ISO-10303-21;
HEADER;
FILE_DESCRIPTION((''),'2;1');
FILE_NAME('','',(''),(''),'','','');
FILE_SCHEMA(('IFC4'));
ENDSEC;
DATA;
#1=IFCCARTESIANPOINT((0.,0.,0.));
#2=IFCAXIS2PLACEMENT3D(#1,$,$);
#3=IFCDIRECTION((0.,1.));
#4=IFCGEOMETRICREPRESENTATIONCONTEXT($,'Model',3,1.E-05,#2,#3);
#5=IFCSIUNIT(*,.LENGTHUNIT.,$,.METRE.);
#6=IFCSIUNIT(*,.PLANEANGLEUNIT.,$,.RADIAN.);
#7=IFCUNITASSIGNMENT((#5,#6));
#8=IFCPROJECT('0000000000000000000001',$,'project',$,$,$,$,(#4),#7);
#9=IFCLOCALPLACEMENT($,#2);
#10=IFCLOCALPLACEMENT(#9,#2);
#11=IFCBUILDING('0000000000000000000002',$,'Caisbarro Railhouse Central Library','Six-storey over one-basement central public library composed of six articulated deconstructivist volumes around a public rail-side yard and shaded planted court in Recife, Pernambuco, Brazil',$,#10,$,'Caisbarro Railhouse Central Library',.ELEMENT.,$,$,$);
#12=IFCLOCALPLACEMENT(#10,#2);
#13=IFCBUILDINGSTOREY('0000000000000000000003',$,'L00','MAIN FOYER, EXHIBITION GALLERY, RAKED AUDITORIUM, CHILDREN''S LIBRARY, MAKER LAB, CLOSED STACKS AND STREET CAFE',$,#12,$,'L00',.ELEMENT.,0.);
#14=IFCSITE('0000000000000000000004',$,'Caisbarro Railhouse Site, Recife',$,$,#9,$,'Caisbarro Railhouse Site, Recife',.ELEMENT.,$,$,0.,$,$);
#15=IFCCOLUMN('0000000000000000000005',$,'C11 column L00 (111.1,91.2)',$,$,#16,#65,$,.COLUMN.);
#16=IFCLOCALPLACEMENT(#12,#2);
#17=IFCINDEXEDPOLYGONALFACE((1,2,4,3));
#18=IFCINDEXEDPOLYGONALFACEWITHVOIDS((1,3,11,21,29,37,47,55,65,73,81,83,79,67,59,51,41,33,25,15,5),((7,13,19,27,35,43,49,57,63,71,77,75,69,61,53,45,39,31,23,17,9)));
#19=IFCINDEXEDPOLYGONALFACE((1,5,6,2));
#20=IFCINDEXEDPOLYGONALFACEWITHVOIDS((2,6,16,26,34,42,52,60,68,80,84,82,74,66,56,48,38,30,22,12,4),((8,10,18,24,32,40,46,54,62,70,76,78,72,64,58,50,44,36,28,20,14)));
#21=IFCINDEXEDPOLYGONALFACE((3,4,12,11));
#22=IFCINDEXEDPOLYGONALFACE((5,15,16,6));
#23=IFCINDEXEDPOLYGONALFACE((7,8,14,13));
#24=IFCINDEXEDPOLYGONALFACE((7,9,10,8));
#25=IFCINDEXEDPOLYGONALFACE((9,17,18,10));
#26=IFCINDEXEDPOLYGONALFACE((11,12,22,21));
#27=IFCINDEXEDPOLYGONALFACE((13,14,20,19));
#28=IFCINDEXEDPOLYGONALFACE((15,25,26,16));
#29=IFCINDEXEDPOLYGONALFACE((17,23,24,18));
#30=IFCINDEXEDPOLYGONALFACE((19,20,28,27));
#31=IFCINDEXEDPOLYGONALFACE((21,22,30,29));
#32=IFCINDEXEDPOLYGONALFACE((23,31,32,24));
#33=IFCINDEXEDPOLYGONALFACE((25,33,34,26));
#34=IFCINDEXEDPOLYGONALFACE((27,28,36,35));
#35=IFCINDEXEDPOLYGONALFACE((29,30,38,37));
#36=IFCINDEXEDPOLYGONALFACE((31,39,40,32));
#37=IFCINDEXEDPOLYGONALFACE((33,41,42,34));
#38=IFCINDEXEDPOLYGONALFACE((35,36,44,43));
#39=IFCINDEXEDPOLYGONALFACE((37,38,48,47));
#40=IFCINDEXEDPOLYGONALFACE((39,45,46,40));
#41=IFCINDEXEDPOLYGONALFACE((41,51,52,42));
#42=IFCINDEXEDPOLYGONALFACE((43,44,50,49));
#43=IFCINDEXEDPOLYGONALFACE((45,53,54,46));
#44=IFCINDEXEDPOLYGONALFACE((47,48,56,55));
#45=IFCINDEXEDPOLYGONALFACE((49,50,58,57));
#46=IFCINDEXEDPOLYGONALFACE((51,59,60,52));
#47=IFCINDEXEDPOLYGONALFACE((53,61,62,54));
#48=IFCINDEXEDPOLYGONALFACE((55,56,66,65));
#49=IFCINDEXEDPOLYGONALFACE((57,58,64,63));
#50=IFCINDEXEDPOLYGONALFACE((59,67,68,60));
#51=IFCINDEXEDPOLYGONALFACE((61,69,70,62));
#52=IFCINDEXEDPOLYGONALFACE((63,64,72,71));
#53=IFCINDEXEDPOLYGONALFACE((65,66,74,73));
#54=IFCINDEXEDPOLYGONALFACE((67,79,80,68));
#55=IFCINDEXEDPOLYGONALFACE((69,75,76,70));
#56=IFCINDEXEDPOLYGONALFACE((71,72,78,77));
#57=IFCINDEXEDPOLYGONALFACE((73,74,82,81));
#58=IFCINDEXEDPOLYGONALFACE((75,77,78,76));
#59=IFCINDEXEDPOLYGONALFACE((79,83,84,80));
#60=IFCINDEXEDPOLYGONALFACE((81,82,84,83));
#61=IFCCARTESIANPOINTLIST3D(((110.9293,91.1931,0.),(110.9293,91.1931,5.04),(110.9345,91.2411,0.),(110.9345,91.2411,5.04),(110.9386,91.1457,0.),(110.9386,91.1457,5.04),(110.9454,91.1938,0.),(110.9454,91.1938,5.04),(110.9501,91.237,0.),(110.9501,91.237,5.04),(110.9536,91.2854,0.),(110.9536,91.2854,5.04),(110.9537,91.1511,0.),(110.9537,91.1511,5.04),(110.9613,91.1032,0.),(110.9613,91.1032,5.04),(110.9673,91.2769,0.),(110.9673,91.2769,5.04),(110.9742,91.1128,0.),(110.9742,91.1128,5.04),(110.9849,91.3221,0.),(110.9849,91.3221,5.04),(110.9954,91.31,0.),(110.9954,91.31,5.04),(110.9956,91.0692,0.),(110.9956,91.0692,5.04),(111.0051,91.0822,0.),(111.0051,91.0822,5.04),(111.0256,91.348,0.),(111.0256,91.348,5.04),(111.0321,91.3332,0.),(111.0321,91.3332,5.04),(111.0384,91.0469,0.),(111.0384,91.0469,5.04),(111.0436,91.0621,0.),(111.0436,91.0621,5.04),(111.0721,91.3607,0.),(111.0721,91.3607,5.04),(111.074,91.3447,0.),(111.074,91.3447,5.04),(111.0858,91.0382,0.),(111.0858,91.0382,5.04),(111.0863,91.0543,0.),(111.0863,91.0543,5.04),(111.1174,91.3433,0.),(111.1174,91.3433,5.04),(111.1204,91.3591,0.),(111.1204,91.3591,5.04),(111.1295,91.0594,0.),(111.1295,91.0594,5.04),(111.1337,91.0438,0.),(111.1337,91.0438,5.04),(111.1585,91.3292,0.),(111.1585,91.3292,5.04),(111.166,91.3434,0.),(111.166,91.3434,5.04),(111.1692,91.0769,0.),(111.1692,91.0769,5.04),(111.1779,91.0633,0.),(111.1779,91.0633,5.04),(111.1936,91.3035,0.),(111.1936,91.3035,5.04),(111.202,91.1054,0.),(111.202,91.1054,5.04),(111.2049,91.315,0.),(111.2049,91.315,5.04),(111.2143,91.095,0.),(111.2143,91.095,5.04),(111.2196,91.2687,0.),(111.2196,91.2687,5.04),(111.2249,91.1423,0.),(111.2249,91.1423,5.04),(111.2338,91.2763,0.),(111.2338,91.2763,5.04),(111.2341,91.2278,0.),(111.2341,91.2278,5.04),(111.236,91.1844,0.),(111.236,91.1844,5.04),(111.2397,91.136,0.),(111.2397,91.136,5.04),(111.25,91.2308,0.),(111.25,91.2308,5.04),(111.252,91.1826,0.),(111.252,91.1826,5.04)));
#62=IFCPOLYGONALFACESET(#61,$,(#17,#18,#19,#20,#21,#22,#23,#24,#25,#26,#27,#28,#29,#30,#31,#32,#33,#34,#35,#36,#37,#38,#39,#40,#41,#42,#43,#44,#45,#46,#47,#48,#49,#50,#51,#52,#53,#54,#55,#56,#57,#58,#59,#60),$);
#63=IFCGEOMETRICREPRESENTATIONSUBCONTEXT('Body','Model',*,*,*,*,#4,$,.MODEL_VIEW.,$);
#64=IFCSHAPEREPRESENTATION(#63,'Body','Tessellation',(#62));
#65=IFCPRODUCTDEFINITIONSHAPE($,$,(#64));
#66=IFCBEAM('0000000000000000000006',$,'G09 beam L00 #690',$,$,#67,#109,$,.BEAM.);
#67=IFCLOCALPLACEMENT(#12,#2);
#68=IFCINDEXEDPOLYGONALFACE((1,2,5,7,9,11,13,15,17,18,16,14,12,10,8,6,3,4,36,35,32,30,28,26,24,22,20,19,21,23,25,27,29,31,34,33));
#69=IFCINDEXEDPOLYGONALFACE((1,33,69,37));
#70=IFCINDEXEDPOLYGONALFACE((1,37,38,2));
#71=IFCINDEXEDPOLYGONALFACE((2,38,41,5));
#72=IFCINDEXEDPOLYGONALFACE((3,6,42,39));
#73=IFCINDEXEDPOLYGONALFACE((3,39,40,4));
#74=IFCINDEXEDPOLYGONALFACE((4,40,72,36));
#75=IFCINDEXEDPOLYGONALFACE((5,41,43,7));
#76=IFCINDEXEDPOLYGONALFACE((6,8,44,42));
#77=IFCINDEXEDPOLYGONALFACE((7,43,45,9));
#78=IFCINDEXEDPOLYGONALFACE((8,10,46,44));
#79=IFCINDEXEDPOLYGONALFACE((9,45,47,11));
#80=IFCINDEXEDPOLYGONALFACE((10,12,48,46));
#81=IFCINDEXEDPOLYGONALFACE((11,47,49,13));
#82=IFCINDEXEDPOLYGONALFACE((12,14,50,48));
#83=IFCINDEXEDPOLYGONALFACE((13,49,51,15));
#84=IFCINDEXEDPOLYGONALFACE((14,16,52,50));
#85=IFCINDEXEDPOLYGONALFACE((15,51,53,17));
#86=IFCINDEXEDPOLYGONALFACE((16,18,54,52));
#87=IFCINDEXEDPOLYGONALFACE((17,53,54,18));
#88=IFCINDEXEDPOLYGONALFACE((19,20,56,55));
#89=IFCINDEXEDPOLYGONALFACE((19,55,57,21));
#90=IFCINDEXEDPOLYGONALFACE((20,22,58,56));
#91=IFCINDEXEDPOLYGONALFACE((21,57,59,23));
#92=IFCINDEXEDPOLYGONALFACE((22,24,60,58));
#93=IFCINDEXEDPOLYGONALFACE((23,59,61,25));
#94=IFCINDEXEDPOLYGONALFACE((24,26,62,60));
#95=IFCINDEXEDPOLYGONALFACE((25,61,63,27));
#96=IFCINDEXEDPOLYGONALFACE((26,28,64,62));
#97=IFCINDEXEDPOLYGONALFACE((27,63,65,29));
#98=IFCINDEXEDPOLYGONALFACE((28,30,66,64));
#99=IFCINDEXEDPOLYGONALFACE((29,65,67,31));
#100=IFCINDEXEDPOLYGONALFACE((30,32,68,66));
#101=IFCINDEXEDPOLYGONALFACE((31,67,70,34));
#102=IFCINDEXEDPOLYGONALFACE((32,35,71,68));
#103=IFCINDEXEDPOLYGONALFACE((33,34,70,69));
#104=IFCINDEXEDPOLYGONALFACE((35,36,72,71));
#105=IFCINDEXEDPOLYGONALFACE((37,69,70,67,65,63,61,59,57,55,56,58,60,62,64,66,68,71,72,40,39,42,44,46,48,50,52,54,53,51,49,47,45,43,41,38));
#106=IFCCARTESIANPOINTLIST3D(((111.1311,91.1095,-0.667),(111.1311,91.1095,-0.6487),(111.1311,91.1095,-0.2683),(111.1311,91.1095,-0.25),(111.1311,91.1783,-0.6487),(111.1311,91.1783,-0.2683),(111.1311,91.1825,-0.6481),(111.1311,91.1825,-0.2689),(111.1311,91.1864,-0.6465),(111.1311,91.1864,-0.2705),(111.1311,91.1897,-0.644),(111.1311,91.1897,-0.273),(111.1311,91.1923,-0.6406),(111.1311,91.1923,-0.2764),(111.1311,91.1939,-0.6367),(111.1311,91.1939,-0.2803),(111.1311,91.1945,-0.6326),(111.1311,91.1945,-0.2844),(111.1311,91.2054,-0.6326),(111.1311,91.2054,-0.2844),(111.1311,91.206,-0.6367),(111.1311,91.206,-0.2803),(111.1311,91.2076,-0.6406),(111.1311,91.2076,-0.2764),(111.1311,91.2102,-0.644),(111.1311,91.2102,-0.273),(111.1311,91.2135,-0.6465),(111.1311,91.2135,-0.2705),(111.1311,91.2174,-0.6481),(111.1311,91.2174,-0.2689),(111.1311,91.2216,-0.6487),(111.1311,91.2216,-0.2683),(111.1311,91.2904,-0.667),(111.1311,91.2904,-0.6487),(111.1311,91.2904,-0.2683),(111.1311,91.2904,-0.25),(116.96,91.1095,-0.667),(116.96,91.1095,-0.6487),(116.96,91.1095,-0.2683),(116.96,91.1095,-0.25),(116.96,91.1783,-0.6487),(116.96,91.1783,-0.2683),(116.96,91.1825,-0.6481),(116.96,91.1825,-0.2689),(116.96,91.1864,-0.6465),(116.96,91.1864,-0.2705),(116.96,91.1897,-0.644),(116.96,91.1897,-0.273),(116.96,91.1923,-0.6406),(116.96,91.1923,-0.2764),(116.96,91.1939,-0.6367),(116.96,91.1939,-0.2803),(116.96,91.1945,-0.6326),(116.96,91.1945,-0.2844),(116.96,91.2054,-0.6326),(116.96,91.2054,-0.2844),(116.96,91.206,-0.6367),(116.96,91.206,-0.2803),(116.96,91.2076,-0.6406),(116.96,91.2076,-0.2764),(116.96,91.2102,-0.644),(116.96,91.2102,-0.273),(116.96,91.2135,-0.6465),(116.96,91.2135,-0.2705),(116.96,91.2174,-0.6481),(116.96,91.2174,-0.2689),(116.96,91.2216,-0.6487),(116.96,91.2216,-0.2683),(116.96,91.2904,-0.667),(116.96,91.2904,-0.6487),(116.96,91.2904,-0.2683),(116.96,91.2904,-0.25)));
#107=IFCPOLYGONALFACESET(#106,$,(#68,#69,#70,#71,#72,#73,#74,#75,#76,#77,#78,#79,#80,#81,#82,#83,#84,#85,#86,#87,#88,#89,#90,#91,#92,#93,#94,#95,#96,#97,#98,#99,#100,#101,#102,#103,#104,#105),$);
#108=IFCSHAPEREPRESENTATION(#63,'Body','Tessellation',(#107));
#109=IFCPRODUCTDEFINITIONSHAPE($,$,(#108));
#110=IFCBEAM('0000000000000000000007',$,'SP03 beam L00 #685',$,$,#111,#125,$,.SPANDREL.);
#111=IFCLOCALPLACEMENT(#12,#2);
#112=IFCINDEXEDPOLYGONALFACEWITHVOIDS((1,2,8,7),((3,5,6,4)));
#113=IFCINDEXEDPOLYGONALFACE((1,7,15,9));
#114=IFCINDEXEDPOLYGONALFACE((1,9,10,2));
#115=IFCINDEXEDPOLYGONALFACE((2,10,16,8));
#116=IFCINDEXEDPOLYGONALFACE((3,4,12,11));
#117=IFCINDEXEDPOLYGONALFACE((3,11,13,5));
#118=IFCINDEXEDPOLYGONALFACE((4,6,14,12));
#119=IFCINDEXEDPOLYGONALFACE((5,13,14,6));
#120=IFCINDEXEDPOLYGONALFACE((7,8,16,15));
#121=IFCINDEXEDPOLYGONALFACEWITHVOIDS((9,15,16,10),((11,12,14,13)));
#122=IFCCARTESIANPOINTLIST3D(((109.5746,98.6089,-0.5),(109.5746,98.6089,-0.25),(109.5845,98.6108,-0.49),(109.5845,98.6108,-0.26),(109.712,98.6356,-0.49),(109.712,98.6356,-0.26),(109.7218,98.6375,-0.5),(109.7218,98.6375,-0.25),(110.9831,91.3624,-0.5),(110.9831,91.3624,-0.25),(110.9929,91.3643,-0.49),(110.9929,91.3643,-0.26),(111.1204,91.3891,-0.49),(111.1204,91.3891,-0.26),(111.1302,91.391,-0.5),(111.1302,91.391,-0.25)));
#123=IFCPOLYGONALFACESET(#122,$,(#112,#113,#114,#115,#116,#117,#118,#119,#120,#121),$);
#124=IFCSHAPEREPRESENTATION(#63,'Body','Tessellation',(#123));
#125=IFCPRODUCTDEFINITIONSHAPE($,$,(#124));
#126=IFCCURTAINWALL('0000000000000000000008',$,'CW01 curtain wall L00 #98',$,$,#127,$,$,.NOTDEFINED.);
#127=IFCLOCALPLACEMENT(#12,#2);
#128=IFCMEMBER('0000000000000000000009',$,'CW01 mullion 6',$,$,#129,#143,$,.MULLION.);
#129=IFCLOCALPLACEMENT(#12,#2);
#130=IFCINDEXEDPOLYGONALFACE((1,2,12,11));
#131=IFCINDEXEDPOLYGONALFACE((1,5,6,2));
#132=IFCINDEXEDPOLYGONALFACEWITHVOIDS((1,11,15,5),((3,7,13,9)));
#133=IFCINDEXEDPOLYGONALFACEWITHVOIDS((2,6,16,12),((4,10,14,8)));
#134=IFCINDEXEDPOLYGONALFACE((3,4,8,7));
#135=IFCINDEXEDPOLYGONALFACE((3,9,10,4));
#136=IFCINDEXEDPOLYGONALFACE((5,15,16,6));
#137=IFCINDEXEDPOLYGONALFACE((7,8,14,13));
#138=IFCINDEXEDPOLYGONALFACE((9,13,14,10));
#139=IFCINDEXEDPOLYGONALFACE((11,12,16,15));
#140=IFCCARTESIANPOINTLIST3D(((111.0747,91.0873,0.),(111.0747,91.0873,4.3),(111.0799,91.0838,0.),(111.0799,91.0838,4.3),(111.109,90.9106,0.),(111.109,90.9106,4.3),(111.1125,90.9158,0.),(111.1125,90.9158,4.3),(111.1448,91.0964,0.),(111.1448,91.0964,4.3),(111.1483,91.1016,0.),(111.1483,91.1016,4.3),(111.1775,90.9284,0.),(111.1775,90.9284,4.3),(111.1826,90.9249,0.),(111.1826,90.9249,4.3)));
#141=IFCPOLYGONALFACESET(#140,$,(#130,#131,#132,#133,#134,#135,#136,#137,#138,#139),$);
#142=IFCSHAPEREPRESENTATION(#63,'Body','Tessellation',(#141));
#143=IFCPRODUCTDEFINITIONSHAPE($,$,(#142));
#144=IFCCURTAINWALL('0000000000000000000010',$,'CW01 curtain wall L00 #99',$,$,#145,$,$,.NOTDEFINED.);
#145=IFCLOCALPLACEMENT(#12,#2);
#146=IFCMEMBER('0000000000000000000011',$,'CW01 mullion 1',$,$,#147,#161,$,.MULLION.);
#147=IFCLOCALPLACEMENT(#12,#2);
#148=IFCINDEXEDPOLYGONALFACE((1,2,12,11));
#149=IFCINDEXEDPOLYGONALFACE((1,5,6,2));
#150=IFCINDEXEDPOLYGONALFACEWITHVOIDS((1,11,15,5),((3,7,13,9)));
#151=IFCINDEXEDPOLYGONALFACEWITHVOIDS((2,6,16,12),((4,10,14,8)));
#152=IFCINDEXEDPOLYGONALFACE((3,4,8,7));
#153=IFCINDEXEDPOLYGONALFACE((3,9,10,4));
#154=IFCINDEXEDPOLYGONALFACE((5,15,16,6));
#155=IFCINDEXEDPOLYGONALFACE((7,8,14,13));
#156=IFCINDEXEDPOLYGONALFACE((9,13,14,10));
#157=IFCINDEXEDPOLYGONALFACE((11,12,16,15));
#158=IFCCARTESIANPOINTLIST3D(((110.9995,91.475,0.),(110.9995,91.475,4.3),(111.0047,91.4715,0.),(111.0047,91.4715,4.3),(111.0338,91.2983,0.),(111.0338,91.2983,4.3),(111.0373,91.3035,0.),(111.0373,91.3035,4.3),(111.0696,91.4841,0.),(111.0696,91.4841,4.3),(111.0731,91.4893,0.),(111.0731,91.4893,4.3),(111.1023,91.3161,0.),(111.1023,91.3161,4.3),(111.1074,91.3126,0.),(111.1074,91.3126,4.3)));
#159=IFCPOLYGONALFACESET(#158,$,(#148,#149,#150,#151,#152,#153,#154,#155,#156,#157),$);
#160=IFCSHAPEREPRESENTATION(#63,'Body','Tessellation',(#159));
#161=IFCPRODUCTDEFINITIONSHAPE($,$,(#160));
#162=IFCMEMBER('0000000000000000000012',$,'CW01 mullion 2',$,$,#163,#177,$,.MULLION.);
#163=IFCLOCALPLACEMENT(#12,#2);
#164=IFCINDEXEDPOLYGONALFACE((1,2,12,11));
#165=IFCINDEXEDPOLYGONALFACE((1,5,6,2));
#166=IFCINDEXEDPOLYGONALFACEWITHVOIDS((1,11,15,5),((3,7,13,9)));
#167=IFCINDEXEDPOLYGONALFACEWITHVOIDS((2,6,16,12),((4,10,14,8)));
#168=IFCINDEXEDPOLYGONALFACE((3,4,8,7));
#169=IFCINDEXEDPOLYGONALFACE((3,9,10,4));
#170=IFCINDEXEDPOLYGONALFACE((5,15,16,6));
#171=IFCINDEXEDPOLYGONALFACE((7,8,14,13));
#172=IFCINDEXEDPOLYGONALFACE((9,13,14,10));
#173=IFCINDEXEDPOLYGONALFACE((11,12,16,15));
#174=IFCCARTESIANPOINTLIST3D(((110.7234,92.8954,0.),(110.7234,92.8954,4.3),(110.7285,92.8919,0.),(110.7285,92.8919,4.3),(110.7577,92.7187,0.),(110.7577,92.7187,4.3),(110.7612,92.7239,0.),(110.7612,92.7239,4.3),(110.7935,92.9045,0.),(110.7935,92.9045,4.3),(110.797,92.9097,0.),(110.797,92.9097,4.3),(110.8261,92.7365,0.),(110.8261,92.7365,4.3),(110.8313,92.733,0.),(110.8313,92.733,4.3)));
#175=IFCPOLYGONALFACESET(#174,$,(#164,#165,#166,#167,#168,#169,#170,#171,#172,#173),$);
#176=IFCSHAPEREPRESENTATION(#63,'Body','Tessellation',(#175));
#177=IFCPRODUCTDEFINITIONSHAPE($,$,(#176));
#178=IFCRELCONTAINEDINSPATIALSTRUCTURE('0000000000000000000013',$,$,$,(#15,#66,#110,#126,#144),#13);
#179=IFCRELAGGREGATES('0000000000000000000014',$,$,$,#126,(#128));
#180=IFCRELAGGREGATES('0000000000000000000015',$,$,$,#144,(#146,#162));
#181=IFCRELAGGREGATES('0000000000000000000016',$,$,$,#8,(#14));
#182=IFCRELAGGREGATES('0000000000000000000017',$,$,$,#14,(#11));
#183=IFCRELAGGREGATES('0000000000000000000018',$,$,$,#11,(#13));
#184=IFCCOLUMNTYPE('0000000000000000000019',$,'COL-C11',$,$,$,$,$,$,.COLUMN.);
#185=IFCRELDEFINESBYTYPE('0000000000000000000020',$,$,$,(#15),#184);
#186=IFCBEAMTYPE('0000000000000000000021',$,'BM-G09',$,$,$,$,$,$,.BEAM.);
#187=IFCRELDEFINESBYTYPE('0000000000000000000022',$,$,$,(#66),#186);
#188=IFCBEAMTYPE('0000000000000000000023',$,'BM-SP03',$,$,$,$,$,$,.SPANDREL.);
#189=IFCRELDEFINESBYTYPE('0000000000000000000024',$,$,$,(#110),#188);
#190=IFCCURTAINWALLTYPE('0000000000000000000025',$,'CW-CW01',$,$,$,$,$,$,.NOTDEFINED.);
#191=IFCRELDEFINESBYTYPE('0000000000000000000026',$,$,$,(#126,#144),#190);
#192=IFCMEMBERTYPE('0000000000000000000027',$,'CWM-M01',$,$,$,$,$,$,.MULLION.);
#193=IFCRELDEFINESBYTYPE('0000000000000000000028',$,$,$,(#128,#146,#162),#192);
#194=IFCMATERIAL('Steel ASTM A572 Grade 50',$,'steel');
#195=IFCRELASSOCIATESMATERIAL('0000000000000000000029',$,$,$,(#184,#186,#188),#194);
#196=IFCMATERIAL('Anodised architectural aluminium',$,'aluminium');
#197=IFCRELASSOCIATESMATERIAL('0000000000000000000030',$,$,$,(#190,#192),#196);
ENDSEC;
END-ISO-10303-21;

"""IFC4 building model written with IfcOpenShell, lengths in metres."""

from ifc_helpers import new_model, si_unit, direction, frame, origin, origin_2d, place, context, subcontext, project, spatial, hollow_rectangle, hollow_circle, i_section, extrude, material, material_profile, profile_set, type_object, element, aggregate, save


model = new_model("IFC4")

# Units and contexts
model_context = context("Model", 3, precision=1e-05, world=origin(), true_north=direction((0.0, 1.0)))
body_context = subcontext(model_context, "Body", "Model", "MODEL_VIEW")
ifc_project = project(units=[si_unit("LENGTHUNIT", "METRE"), si_unit("PLANEANGLEUNIT", "RADIAN")], contexts=[model_context])

# Site, building, storey
site_placement = place(None, origin())
site = spatial("IfcSite", under=ifc_project, at=site_placement, Name="Caisbarro Railhouse Site, Recife", LongName="Caisbarro Railhouse Site, Recife", CompositionType="ELEMENT", RefElevation=0.0)
building_placement = place(site_placement, origin())
building = spatial("IfcBuilding", under=site, at=building_placement, Name="Caisbarro Railhouse Central Library", Description="Six-storey over one-basement central public library composed of six articulated deconstructivist volumes around a public rail-side yard and shaded planted court in Recife, Pernambuco, Brazil", LongName="Caisbarro Railhouse Central Library", CompositionType="ELEMENT")
storey_placement = place(building_placement, origin())
storey = spatial("IfcBuildingStorey", under=building, at=storey_placement, Name="L00", Description="MAIN FOYER, EXHIBITION GALLERY, RAKED AUDITORIUM, CHILDREN'S LIBRARY, MAKER LAB, CLOSED STACKS AND STREET CAFE", LongName="L00", CompositionType="ELEMENT", Elevation=0.0)

# Column
ifc_material_1 = material(Name="Steel ASTM A572 Grade 50", Category="steel")
ifc_material_profile_1 = material_profile(ifc_material_1, hollow_circle(Radius=0.1619, WallThickness=0.0161, at=origin_2d()), Name="CHS323.9X16.0")
ifc_profile_set_1 = profile_set([ifc_material_profile_1], Name="Steel ASTM A572 Grade 50")
column_type = type_object("IfcColumnType", Name="COL-C11", PredefinedType="COLUMN", material=ifc_profile_set_1)
column_placement = place(storey_placement, frame((111.0911, 91.2, 0.0), z_axis=(0.0, 0.0, 1.0), x_axis=(0.981627, 0.190809, 0.0)))
element("IfcColumn", 1, at=column_placement, inside=storey, type_object=column_type, Name="C11 column L00 (111.1,91.2)", PredefinedType="COLUMN", context=body_context, shape_type="SweptSolid", body=[
    extrude(hollow_circle(Radius=0.1619, WallThickness=0.0161, at=origin_2d()), origin(), (0.0, 0.0, 1.0), 5.04),
])

# Beams
ifc_material_profile_2 = material_profile(ifc_material_1, i_section(OverallWidth=0.1809, OverallDepth=0.417, WebThickness=0.011, FlangeThickness=0.0183, FilletRadius=0.0161, at=origin_2d()), Name="W410X85.0")
ifc_profile_set_2 = profile_set([ifc_material_profile_2], Name="Steel ASTM A572 Grade 50")
beam_type_1 = type_object("IfcBeamType", Name="BM-G09", PredefinedType="BEAM", material=ifc_profile_set_2)
beam_1_placement = place(storey_placement, frame((111.1311, 91.2, -0.4585), z_axis=(1.0, 0.0, 0.0), x_axis=(0.0, 1.0, 0.0)))
element("IfcBeam", 2, at=beam_1_placement, inside=storey, type_object=beam_type_1, Name="G09 beam L00 #690", PredefinedType="BEAM", context=body_context, shape_type="SweptSolid", body=[
    extrude(i_section(OverallWidth=0.1809, OverallDepth=0.417, WebThickness=0.011, FlangeThickness=0.0183, FilletRadius=0.0161, at=origin_2d()), origin(), (0.0, 0.0, 1.0), 5.8289),
])
ifc_material_profile_3 = material_profile(ifc_material_1, hollow_rectangle(XDim=0.1499, YDim=0.25, WallThickness=0.01, at=origin_2d()), Name="HSS250X150X10")
ifc_profile_set_3 = profile_set([ifc_material_profile_3], Name="Steel ASTM A572 Grade 50")
beam_type_2 = type_object("IfcBeamType", Name="BM-SP03", PredefinedType="SPANDREL", material=ifc_profile_set_3)
beam_2_placement = place(storey_placement, frame((111.0566, 91.3767, -0.375), z_axis=(-0.19079, 0.981631, 0.0), x_axis=(-0.981631, -0.19079, 0.0)))
element("IfcBeam", 3, at=beam_2_placement, inside=storey, type_object=beam_type_2, Name="SP03 beam L00 #685", PredefinedType="SPANDREL", context=body_context, shape_type="SweptSolid", body=[
    extrude(hollow_rectangle(XDim=0.1499, YDim=0.25, WallThickness=0.01, at=origin_2d()), origin(), (0.0, 0.0, 1.0), 7.3821),
])

# Curtain wall, member
ifc_material_2 = material(Name="Anodised architectural aluminium", Category="aluminium")
curtain_wall_type = type_object("IfcCurtainWallType", Name="CW-CW01", PredefinedType="NOTDEFINED", material=ifc_material_2)
curtain_wall_1_placement = place(storey_placement, origin())
curtain_wall_1 = element("IfcCurtainWall", 4, at=curtain_wall_1_placement, inside=storey, type_object=curtain_wall_type, Name="CW01 curtain wall L00 #98", PredefinedType="NOTDEFINED")
ifc_material_profile_4 = material_profile(ifc_material_2, hollow_rectangle(XDim=0.075, YDim=0.1799, WallThickness=0.0044, at=origin_2d()), Name="ALU-MUL-75X180")
ifc_profile_set_4 = profile_set([ifc_material_profile_4], Name="Anodised architectural aluminium")
member_type_1 = type_object("IfcMemberType", Name="CWM-M01", PredefinedType="MULLION", material=ifc_profile_set_4)
member_1_placement = place(storey_placement, frame((111.1287, 91.0061, 0.0), z_axis=(0.0, 0.0, 1.0), x_axis=(-0.981633, -0.190781, 0.0)))
member_1 = element("IfcMember", 5, at=member_1_placement, type_object=member_type_1, Name="CW01 mullion 6", PredefinedType="MULLION", context=body_context, shape_type="SweptSolid", body=[
    extrude(hollow_rectangle(XDim=0.075, YDim=0.1799, WallThickness=0.0044, at=origin_2d()), origin(), (0.0, 0.0, 1.0), 4.3),
])

# Curtain wall, members
curtain_wall_2_placement = place(storey_placement, origin())
curtain_wall_2 = element("IfcCurtainWall", 6, at=curtain_wall_2_placement, inside=storey, type_object=curtain_wall_type, Name="CW01 curtain wall L00 #99", PredefinedType="NOTDEFINED")
member_2_placement = place(storey_placement, frame((111.0535, 91.3938, 0.0), z_axis=(0.0, 0.0, 1.0), x_axis=(-0.981633, -0.190781, 0.0)))
member_2 = element("IfcMember", 7, at=member_2_placement, type_object=member_type_1, Name="CW01 mullion 1", PredefinedType="MULLION", context=body_context, shape_type="SweptSolid", body=[
    extrude(hollow_rectangle(XDim=0.075, YDim=0.1799, WallThickness=0.0044, at=origin_2d()), origin(), (0.0, 0.0, 1.0), 4.3),
])
member_3_placement = place(storey_placement, frame((110.7773, 92.8142, 0.0), z_axis=(0.0, 0.0, 1.0), x_axis=(-0.981633, -0.190781, 0.0)))
member_3 = element("IfcMember", 8, at=member_3_placement, type_object=member_type_1, Name="CW01 mullion 2", PredefinedType="MULLION", context=body_context, shape_type="SweptSolid", body=[
    extrude(hollow_rectangle(XDim=0.075, YDim=0.1799, WallThickness=0.0044, at=origin_2d()), origin(), (0.0, 0.0, 1.0), 4.3),
])

aggregate(curtain_wall_1, [member_1])
aggregate(curtain_wall_2, [member_2, member_3])

save(model, "model.ifc")
